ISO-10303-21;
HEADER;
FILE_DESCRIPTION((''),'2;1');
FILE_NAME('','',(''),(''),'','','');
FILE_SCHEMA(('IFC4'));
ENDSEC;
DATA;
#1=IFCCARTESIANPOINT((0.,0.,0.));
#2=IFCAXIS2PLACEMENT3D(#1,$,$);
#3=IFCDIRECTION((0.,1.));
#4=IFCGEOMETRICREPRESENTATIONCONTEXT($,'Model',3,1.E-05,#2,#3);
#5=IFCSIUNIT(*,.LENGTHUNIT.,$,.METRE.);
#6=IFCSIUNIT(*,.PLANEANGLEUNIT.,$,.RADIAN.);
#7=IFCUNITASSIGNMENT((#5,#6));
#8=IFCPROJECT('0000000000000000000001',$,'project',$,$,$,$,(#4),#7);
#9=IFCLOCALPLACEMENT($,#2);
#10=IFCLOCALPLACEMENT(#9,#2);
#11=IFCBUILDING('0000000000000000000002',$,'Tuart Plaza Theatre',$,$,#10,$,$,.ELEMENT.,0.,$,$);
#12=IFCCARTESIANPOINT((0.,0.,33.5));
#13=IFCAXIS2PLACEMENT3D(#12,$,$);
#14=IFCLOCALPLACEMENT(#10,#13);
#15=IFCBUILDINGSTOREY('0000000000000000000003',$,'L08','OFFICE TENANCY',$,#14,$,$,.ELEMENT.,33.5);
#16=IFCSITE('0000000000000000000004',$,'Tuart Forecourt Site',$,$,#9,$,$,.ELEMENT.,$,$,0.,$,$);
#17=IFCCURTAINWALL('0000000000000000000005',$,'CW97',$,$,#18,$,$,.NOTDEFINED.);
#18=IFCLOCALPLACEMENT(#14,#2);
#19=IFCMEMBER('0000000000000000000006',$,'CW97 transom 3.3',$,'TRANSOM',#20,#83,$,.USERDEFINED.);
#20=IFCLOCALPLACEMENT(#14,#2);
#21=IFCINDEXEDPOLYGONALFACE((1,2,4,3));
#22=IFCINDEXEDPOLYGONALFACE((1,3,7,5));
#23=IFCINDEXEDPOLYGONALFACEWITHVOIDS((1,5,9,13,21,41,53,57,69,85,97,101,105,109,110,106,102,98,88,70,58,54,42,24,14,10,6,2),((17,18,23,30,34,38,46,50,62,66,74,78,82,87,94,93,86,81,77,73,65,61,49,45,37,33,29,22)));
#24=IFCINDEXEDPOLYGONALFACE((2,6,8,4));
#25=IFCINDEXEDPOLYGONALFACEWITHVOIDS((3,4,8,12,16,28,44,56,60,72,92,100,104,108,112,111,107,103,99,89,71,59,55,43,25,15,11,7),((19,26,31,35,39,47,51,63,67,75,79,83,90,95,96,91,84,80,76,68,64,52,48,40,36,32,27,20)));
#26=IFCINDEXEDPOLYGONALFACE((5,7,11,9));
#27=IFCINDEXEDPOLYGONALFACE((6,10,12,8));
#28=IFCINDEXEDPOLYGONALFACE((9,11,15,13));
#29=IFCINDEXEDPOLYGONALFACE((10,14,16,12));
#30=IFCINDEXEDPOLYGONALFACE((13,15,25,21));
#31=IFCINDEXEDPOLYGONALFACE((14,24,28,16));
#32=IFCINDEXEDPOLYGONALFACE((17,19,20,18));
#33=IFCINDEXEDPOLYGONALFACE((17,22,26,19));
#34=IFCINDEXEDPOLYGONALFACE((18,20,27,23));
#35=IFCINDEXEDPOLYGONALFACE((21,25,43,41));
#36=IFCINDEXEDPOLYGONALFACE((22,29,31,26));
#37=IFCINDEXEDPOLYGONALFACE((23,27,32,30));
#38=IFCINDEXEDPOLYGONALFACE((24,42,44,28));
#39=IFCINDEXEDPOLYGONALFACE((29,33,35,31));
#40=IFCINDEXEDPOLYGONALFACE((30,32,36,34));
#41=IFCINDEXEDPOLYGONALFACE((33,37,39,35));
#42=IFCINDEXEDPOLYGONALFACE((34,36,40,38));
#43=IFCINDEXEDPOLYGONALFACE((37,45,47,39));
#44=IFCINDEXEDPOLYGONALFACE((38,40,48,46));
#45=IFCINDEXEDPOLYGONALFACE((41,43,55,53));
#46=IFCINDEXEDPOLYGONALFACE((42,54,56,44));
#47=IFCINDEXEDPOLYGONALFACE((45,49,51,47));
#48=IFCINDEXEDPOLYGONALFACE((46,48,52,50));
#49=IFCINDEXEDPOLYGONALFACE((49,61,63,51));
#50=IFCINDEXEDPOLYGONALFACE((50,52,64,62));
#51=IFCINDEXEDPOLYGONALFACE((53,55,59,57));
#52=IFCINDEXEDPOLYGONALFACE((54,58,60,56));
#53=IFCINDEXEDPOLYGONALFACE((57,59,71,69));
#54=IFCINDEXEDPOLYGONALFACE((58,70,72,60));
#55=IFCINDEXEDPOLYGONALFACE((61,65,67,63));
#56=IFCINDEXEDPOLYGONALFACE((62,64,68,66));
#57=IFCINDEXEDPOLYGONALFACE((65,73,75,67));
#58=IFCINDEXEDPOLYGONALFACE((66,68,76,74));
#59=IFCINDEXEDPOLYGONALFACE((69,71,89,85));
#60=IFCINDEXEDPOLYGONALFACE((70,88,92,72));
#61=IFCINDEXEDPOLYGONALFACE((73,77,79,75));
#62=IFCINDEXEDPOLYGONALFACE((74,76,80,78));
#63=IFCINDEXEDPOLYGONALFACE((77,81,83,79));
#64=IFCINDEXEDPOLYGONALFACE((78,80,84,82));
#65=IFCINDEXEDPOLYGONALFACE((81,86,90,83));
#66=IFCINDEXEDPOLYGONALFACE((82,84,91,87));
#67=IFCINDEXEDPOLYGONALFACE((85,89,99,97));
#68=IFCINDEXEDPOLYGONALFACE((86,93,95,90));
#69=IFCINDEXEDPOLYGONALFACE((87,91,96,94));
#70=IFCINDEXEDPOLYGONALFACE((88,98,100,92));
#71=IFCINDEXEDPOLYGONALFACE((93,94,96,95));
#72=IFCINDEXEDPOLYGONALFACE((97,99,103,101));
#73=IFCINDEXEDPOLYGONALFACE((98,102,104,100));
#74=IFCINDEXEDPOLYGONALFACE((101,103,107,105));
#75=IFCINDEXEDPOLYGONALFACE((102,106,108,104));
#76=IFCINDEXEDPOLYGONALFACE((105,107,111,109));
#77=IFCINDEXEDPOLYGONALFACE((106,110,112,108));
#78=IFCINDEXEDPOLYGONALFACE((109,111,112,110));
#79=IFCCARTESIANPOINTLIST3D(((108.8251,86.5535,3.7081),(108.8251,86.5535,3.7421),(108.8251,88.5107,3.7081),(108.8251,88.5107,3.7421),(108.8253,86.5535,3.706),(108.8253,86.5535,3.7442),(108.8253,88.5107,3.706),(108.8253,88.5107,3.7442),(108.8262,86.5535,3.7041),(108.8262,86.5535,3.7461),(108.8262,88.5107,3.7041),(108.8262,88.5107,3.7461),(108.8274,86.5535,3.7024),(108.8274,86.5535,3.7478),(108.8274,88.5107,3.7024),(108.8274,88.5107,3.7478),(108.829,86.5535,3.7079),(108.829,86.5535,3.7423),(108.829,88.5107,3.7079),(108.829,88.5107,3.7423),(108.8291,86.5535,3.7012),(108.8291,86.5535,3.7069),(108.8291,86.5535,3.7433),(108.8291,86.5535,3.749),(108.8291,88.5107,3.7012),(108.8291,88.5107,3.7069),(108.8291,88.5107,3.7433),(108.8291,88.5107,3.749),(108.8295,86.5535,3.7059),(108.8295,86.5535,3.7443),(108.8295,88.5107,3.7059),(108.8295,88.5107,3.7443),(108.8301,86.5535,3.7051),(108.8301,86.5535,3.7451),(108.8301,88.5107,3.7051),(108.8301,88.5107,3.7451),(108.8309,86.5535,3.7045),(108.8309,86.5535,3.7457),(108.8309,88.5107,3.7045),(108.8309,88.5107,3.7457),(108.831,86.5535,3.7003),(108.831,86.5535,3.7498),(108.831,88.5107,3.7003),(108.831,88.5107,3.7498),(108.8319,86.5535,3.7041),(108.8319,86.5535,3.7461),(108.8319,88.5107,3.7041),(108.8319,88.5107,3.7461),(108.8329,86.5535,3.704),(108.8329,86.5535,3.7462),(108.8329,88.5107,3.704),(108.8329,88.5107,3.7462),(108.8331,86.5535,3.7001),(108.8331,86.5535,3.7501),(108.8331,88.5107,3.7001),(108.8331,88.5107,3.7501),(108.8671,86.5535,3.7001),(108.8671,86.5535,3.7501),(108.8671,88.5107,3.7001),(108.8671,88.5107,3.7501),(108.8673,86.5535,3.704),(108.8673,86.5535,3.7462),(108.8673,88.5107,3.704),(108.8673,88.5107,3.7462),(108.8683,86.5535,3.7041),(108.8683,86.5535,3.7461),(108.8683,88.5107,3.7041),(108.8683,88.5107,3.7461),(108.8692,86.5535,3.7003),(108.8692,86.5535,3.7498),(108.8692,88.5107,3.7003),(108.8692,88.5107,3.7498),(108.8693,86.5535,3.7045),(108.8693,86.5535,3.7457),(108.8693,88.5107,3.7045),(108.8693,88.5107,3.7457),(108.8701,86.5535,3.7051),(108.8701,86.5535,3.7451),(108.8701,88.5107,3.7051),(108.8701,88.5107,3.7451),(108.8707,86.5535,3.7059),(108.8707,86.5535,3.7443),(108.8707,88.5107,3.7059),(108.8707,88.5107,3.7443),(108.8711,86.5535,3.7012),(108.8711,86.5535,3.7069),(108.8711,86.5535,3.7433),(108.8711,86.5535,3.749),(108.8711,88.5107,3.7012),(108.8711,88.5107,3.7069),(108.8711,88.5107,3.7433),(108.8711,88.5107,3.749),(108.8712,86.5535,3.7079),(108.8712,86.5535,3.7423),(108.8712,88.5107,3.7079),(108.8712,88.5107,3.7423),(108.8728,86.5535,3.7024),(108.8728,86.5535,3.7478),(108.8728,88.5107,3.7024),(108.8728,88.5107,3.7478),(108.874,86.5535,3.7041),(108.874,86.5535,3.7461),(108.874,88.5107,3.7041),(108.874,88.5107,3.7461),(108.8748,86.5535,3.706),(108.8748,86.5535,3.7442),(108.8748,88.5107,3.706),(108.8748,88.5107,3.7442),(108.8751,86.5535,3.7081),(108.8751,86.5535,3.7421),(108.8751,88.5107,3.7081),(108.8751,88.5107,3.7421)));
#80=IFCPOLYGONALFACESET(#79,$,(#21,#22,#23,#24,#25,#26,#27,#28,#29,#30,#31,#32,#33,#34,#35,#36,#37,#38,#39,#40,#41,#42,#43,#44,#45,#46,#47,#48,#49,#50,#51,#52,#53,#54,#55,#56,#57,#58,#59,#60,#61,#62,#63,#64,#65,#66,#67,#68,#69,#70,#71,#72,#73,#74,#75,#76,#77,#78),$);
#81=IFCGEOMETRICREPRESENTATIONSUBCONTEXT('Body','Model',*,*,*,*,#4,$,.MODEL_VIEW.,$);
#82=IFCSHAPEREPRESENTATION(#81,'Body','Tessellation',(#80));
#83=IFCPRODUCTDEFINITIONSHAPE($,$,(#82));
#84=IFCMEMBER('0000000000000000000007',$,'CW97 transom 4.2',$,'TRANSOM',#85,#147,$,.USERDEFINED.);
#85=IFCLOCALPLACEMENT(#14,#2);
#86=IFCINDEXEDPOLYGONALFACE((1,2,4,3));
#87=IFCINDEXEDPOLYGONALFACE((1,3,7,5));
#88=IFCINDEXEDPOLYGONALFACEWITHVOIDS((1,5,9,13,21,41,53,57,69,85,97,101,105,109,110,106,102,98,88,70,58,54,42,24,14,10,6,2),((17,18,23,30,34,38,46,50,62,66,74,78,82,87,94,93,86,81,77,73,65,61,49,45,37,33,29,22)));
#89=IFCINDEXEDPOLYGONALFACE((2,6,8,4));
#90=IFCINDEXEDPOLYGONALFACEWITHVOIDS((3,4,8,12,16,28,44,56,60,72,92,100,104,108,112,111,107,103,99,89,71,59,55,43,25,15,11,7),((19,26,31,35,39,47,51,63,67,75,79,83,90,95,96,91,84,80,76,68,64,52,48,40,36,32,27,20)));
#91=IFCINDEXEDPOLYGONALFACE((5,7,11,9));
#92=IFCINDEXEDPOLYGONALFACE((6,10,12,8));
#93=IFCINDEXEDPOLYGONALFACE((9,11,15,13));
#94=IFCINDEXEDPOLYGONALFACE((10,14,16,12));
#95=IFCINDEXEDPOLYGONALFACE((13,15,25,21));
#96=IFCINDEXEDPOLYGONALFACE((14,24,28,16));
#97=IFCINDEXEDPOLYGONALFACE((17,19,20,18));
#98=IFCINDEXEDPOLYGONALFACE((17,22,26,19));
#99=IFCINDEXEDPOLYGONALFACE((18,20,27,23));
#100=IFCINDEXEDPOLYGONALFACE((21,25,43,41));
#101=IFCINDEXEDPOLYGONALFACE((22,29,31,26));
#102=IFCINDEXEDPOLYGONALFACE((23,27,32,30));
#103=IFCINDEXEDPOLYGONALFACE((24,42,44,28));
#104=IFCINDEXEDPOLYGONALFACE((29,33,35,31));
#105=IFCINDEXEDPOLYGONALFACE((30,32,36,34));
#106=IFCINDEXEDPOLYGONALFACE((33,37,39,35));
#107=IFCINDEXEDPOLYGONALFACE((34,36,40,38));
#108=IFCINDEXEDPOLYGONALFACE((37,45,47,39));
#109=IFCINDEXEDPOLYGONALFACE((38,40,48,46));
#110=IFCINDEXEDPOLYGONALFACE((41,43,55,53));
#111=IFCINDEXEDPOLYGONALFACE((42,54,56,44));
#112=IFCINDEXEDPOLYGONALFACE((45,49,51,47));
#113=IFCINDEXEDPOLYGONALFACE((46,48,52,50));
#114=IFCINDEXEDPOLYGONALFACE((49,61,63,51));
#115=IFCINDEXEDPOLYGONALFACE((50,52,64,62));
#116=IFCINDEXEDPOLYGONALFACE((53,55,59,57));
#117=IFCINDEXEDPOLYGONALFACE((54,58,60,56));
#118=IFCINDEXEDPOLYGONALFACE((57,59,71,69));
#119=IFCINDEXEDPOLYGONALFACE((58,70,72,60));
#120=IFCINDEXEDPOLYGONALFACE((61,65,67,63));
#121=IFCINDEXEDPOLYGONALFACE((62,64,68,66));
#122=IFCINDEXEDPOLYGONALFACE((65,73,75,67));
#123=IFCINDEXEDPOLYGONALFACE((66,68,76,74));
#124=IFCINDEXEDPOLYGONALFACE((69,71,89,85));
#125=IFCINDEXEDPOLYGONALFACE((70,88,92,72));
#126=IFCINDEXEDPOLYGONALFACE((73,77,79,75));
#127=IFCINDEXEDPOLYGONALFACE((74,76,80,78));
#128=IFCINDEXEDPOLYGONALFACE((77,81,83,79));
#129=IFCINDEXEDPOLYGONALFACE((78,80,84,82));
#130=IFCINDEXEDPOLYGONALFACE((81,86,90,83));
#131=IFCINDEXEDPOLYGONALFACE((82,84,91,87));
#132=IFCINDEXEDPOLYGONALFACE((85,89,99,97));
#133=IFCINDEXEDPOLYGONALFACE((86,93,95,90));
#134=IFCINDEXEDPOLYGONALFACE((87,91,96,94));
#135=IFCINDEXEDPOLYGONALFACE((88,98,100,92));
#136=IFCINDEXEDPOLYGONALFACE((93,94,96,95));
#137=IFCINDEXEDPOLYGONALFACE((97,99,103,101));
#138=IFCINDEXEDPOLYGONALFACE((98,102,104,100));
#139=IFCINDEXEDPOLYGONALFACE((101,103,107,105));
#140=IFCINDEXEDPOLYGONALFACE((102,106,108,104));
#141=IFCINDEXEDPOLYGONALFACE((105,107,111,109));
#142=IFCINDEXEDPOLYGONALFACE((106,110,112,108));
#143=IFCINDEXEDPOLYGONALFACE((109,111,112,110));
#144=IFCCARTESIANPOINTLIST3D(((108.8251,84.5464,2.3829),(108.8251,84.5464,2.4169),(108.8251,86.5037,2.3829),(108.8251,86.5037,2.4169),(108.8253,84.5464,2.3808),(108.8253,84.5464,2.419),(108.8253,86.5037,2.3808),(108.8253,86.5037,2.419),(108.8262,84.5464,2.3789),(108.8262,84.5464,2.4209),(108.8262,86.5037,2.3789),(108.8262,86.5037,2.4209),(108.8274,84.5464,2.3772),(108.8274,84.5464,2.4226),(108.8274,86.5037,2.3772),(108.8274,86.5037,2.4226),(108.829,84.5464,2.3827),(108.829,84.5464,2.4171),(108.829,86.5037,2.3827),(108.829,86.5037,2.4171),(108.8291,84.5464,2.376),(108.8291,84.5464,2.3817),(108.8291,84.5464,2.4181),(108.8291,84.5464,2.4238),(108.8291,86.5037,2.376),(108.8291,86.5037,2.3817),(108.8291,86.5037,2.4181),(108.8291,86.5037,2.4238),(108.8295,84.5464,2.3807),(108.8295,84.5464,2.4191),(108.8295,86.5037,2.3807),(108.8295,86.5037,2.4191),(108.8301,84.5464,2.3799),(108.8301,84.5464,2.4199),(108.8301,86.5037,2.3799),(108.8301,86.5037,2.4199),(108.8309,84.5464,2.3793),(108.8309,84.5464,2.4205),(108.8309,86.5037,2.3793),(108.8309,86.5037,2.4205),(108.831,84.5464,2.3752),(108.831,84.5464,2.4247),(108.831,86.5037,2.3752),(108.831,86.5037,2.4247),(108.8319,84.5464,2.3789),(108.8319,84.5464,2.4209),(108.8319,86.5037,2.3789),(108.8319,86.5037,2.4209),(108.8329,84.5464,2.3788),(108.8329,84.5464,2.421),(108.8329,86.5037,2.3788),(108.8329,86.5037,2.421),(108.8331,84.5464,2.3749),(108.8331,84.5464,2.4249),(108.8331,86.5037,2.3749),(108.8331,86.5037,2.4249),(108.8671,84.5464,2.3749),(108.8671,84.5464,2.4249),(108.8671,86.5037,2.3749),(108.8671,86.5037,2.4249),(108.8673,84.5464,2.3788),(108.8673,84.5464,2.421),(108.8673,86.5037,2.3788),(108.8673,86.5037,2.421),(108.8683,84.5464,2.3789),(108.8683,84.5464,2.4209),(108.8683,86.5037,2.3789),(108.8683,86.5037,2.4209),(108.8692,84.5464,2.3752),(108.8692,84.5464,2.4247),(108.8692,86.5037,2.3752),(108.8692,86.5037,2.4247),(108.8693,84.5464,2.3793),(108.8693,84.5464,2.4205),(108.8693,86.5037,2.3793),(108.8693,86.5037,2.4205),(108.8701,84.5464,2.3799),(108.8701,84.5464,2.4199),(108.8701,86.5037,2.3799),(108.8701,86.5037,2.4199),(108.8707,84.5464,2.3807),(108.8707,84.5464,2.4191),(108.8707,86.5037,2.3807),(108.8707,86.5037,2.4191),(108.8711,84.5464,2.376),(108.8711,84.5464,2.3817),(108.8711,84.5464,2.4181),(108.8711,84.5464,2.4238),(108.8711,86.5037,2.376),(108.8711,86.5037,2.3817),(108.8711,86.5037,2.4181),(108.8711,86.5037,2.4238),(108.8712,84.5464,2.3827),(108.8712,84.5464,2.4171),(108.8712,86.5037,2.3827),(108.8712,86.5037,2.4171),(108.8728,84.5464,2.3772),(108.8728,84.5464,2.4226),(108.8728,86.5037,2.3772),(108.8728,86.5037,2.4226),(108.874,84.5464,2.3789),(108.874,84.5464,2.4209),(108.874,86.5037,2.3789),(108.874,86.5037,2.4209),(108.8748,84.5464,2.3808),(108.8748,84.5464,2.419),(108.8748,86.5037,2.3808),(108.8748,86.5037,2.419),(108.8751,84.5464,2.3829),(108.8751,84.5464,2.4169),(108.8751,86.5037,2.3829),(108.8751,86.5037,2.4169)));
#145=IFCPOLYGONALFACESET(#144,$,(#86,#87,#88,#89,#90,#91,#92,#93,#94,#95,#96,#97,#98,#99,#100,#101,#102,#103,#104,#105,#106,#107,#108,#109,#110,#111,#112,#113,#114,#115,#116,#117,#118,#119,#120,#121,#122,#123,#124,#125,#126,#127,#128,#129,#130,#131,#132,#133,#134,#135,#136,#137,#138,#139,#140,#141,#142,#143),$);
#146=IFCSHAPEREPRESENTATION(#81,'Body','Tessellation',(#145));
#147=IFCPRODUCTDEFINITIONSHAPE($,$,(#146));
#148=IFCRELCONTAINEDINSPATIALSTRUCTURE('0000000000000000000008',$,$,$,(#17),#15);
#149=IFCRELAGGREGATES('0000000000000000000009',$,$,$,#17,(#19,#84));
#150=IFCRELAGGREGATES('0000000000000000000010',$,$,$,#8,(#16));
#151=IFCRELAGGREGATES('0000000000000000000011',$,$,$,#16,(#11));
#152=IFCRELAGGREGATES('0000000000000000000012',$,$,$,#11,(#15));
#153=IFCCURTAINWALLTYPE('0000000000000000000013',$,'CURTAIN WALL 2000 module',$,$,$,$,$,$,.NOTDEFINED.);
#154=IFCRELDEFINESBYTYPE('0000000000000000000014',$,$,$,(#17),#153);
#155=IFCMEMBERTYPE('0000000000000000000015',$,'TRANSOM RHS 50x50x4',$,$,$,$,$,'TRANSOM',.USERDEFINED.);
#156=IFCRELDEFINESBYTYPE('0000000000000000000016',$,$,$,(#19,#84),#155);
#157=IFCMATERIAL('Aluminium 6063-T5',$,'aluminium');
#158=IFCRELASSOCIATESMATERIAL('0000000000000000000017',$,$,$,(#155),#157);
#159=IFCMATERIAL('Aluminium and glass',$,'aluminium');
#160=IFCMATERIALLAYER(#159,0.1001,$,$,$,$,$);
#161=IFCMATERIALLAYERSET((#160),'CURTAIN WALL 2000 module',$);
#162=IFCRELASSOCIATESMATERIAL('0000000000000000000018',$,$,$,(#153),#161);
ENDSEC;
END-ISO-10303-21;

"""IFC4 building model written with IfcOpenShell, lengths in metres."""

from ifc_helpers import new_model, si_unit, direction, frame, origin, origin_2d, place, context, subcontext, project, spatial, hollow_rectangle, extrude, material, layer, layer_set, material_profile, profile_set, type_object, element, aggregate, save


model = new_model("IFC4")

# Units and contexts
model_context = context("Model", 3, precision=1e-05, world=origin(), true_north=direction((0.0, 1.0)))
body_context = subcontext(model_context, "Body", "Model", "MODEL_VIEW")
ifc_project = project(units=[si_unit("LENGTHUNIT", "METRE"), si_unit("PLANEANGLEUNIT", "RADIAN")], contexts=[model_context])

# Site, building, storey
site_placement = place(None, origin())
site = spatial("IfcSite", under=ifc_project, at=site_placement, Name="Tuart Forecourt Site", CompositionType="ELEMENT", RefElevation=0.0)
building_placement = place(site_placement, origin())
building = spatial("IfcBuilding", under=site, at=building_placement, Name="Tuart Plaza Theatre", CompositionType="ELEMENT", ElevationOfRefHeight=0.0)
storey_placement = place(building_placement, frame((0.0, 0.0, 33.5)))
storey = spatial("IfcBuildingStorey", under=building, at=storey_placement, Name="L08", Description="OFFICE TENANCY", CompositionType="ELEMENT", Elevation=33.5)

# Curtain wall, members
ifc_material_1 = material(Name="Aluminium 6063-T5", Category="aluminium")
ifc_material_profile_1 = material_profile(ifc_material_1, hollow_rectangle(XDim=0.05, YDim=0.05, WallThickness=0.0039, InnerFilletRadius=0.0039, OuterFilletRadius=0.0081, at=origin_2d()), Name="RHS 50x50x4")
ifc_profile_set_1 = profile_set([ifc_material_profile_1], Name="Aluminium 6063-T5")
member_type_1 = type_object("IfcMemberType", Name="TRANSOM RHS 50x50x4", ElementType="TRANSOM", PredefinedType="USERDEFINED", material=ifc_profile_set_1)
ifc_material_2 = material(Name="Aluminium and glass", Category="aluminium")
ifc_layer_1 = layer(ifc_material_2, 0.1001)
ifc_layer_set_1 = layer_set([ifc_layer_1], Name="CURTAIN WALL 2000 module")
curtain_wall_type_1 = type_object("IfcCurtainWallType", Name="CURTAIN WALL 2000 module", PredefinedType="NOTDEFINED", material=ifc_layer_set_1)
curtain_wall_1_placement = place(storey_placement, origin())
curtain_wall_1 = element("IfcCurtainWall", 1, at=curtain_wall_1_placement, inside=storey, type_object=curtain_wall_type_1, Name="CW97", PredefinedType="NOTDEFINED")
member_1_placement = place(storey_placement, frame((108.8501, 88.5107, 3.7251), z_axis=(0.0, -1.0, 0.0), x_axis=(1.0, 0.0, 0.0)))
member_1 = element("IfcMember", 2, at=member_1_placement, type_object=member_type_1, Name="CW97 transom 3.3", ObjectType="TRANSOM", PredefinedType="USERDEFINED", context=body_context, shape_type="SweptSolid", body=[
    extrude(hollow_rectangle(XDim=0.05, YDim=0.05, WallThickness=0.0039, InnerFilletRadius=0.0039, OuterFilletRadius=0.0081, at=origin_2d()), origin(), (0.0, 0.0, 1.0), 1.9573),
])
member_2_placement = place(storey_placement, frame((108.8501, 86.5037, 2.3999), z_axis=(0.0, -1.0, 0.0), x_axis=(1.0, 0.0, 0.0)))
member_2 = element("IfcMember", 3, at=member_2_placement, type_object=member_type_1, Name="CW97 transom 4.2", ObjectType="TRANSOM", PredefinedType="USERDEFINED", context=body_context, shape_type="SweptSolid", body=[
    extrude(hollow_rectangle(XDim=0.05, YDim=0.05, WallThickness=0.0039, InnerFilletRadius=0.0039, OuterFilletRadius=0.0081, at=origin_2d()), origin(), (0.0, 0.0, 1.0), 1.9573),
])

aggregate(curtain_wall_1, [member_1, member_2])

save(model, "model.ifc")
